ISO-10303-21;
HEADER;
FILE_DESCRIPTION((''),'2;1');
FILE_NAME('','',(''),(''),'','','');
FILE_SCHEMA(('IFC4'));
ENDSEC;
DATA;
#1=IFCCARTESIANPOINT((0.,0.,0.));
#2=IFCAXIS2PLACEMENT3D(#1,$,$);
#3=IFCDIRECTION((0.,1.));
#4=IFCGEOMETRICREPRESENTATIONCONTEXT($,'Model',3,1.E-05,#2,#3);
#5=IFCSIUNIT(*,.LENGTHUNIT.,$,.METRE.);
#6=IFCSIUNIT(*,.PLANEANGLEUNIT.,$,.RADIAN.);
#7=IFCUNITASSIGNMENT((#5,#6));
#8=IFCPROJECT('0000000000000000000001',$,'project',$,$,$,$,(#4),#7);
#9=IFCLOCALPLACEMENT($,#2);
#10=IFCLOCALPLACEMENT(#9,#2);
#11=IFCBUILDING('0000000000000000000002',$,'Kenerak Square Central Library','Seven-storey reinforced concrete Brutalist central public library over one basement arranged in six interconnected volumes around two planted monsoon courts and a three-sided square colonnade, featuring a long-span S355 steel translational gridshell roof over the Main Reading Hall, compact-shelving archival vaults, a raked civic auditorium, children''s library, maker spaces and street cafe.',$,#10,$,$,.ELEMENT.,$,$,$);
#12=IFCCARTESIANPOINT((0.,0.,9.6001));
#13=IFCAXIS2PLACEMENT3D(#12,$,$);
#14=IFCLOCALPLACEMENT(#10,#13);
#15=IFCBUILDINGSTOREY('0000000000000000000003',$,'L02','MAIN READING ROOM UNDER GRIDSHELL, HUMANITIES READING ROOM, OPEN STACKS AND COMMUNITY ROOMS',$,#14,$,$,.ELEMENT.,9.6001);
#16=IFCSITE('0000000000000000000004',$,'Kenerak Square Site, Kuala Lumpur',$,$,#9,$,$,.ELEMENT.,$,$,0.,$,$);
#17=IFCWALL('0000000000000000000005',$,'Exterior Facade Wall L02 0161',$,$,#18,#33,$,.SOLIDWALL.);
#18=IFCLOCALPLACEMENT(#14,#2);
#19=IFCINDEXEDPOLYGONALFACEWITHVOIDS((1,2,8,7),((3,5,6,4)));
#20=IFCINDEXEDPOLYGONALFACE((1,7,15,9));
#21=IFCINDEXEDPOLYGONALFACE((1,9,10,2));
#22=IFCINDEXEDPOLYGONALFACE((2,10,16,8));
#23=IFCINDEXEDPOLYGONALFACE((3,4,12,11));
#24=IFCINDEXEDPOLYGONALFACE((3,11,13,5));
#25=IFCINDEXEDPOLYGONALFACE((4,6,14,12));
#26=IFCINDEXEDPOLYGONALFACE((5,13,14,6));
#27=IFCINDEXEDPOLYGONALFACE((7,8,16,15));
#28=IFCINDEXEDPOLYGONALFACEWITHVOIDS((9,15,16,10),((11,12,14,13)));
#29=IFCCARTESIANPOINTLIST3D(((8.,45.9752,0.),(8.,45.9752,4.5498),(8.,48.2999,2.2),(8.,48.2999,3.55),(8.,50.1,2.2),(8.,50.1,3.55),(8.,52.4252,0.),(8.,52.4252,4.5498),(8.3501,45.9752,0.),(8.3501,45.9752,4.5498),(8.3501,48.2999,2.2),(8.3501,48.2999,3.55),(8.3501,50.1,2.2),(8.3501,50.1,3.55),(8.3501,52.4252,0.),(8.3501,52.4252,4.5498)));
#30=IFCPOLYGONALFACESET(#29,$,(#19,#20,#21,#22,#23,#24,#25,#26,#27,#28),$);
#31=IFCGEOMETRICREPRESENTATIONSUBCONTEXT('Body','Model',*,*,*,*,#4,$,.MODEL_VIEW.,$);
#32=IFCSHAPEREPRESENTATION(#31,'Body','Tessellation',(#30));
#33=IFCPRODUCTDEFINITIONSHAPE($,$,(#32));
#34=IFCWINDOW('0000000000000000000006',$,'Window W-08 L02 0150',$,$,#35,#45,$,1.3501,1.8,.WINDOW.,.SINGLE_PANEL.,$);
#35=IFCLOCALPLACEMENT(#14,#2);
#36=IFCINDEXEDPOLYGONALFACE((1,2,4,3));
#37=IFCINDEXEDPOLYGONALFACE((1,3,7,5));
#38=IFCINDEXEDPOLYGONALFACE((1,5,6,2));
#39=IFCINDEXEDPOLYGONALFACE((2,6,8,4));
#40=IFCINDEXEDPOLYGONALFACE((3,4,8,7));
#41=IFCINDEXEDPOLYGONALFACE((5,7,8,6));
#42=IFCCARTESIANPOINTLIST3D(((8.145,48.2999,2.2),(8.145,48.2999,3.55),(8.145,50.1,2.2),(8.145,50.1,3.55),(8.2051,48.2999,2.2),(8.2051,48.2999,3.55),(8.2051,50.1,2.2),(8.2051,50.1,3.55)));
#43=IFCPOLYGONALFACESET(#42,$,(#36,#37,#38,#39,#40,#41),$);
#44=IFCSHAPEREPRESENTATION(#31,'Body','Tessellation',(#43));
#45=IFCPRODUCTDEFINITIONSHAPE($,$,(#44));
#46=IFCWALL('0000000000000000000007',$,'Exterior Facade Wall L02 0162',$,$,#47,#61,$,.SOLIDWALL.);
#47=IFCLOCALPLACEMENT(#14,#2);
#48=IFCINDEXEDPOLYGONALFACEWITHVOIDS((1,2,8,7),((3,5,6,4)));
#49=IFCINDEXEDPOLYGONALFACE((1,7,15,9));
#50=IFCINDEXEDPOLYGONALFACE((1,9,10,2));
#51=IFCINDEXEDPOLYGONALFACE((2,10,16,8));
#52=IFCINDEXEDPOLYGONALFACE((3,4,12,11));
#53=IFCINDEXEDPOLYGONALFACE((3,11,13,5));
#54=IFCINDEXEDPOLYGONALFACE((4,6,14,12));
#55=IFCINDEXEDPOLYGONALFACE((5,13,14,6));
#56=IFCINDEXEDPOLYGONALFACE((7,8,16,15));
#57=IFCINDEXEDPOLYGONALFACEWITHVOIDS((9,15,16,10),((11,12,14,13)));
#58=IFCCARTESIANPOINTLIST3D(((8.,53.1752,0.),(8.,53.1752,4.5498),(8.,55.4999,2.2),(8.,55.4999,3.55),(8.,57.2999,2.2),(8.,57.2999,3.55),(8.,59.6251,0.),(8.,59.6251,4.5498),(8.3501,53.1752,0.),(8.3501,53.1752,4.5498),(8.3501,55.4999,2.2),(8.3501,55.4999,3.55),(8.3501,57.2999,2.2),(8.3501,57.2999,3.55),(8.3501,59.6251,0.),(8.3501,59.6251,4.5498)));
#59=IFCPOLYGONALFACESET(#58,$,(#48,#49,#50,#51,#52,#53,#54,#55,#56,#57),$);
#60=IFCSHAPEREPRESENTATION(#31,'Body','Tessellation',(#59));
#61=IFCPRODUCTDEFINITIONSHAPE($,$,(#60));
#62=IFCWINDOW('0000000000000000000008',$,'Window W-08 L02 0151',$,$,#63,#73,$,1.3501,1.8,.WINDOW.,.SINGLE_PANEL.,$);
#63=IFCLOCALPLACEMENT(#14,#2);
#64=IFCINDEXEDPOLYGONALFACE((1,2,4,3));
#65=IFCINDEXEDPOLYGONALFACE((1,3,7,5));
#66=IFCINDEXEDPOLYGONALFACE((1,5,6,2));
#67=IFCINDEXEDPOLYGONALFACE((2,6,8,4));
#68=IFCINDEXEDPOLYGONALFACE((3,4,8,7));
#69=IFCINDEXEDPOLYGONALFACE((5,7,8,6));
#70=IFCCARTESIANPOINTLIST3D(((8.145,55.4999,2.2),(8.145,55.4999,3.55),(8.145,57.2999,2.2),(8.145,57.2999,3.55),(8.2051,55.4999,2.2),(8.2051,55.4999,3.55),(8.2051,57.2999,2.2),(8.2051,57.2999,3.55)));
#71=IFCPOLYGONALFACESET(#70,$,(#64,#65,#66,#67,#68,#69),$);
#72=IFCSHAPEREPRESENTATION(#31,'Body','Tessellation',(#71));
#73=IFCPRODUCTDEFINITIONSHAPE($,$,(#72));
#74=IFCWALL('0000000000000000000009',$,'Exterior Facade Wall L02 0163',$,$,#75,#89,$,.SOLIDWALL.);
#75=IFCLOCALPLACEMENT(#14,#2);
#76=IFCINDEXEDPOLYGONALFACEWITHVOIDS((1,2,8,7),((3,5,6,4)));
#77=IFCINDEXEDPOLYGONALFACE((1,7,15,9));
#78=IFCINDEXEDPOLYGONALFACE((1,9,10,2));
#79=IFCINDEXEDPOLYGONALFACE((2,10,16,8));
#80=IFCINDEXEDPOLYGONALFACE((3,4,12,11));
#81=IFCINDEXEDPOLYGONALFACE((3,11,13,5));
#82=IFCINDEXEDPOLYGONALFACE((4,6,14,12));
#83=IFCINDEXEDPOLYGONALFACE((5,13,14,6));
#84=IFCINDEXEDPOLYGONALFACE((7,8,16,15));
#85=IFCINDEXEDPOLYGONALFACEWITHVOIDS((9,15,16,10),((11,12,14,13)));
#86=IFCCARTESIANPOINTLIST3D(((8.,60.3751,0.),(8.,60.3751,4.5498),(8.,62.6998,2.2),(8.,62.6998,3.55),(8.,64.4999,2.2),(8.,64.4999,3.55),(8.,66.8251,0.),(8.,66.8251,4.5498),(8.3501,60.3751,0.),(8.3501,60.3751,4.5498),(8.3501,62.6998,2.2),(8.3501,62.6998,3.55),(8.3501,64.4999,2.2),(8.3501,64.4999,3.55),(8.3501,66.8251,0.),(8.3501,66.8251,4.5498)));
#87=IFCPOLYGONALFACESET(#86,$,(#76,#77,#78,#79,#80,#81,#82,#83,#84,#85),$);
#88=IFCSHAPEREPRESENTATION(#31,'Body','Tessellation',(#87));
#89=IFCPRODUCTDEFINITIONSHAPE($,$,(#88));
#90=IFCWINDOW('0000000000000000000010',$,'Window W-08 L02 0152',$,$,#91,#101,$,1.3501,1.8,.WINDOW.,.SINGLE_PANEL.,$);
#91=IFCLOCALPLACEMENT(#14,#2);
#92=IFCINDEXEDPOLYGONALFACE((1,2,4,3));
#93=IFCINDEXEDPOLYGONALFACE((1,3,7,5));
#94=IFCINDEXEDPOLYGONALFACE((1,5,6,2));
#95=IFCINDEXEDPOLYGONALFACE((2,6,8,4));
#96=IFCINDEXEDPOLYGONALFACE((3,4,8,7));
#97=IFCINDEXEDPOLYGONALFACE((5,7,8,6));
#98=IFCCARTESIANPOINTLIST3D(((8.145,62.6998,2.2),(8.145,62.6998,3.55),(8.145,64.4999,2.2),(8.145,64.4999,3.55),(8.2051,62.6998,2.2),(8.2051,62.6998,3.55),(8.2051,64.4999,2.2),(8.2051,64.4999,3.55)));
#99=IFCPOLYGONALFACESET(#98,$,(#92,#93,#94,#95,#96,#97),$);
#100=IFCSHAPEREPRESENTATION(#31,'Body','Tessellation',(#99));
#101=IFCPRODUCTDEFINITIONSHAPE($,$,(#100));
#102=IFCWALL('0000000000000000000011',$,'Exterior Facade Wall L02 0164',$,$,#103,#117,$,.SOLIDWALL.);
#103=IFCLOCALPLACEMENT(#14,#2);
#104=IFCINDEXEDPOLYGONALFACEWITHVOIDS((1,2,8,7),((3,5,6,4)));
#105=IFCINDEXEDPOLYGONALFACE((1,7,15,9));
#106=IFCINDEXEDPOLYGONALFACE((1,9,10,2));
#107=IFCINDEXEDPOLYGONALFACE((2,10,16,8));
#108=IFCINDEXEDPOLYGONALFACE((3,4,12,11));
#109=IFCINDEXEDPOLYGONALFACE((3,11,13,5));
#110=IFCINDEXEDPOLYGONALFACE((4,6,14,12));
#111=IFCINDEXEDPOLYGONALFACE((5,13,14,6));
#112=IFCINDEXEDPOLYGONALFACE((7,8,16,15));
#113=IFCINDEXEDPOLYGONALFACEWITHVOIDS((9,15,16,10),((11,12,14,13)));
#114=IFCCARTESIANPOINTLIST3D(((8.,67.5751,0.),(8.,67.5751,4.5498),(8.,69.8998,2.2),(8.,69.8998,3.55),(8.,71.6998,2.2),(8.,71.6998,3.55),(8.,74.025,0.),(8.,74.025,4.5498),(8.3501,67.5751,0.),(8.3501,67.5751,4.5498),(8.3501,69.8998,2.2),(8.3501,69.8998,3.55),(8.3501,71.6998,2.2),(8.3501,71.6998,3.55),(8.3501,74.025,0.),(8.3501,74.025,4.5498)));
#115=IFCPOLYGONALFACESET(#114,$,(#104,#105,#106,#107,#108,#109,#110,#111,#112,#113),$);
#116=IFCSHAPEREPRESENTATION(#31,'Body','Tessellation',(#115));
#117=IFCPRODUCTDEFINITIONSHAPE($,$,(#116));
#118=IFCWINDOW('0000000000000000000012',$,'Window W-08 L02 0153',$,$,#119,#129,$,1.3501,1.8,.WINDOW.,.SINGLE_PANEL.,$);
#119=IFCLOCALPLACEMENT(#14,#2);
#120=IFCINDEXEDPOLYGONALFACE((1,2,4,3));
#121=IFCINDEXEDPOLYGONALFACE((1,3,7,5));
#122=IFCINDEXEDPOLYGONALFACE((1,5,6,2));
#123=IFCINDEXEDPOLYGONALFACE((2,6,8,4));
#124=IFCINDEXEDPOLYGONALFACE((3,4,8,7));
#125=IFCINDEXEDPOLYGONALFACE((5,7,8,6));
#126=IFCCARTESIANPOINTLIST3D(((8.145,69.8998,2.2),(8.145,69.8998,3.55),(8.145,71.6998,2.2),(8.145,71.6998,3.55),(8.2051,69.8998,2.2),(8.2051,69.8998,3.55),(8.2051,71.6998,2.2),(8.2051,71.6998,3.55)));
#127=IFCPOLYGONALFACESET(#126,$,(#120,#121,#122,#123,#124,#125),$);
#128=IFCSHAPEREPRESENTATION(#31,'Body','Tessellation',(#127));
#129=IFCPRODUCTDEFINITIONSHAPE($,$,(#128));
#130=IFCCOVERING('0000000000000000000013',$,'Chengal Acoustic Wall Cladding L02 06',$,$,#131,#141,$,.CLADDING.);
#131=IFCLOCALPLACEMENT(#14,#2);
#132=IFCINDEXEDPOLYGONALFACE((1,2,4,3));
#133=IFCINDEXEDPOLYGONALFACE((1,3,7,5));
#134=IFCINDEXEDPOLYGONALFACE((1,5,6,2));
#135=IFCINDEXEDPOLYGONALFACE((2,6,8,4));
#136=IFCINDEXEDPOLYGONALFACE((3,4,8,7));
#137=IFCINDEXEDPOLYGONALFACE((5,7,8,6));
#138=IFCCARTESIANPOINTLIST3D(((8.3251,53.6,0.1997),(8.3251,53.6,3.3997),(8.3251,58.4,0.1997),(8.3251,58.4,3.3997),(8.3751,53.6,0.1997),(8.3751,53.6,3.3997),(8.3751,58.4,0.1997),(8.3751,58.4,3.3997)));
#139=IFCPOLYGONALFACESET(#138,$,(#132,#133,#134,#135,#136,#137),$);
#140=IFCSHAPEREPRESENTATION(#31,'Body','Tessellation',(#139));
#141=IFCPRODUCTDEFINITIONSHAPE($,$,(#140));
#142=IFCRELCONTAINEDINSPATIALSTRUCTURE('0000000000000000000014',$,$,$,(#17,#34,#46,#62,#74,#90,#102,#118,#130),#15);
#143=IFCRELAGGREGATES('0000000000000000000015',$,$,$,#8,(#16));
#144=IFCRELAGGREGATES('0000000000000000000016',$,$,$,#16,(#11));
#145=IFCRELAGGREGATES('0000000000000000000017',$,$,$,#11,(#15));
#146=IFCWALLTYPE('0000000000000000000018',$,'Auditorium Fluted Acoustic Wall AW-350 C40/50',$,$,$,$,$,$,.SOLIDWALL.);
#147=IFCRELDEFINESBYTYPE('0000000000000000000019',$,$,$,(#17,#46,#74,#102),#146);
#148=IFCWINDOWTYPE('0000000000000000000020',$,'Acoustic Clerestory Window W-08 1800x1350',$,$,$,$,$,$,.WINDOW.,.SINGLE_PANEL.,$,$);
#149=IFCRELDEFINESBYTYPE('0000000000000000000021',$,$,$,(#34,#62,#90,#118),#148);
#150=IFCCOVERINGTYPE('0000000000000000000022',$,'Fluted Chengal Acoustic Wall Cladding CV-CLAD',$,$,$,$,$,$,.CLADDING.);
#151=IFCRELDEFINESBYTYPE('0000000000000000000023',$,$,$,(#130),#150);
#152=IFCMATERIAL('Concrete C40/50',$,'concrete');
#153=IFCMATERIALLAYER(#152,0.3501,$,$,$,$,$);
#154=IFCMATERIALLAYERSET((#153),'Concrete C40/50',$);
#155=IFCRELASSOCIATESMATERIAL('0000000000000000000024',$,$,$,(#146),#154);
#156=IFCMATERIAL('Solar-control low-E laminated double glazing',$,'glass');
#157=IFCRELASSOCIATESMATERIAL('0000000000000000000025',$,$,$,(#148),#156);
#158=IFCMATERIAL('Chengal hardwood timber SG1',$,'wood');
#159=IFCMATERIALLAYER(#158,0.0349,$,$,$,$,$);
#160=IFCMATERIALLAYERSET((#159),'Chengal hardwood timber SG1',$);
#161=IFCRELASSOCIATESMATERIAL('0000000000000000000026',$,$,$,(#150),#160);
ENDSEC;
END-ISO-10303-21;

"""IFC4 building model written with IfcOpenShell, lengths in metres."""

from ifc_helpers import new_model, si_unit, direction, frame, frame_2d, origin, origin_2d, place, context, subcontext, project, spatial, rectangle, extrude, material, layer, layer_set, type_object, element, fill, save


model = new_model("IFC4")

# Units and contexts
model_context = context("Model", 3, precision=1e-05, world=origin(), true_north=direction((0.0, 1.0)))
body_context = subcontext(model_context, "Body", "Model", "MODEL_VIEW")
ifc_project = project(units=[si_unit("LENGTHUNIT", "METRE"), si_unit("PLANEANGLEUNIT", "RADIAN")], contexts=[model_context])

# Site, building, storey
site_placement = place(None, origin())
site = spatial("IfcSite", under=ifc_project, at=site_placement, Name="Kenerak Square Site, Kuala Lumpur", CompositionType="ELEMENT", RefElevation=0.0)
building_placement = place(site_placement, origin())
building = spatial("IfcBuilding", under=site, at=building_placement, Name="Kenerak Square Central Library", Description="Seven-storey reinforced concrete Brutalist central public library over one basement arranged in six interconnected volumes around two planted monsoon courts and a three-sided square colonnade, featuring a long-span S355 steel translational gridshell roof over the Main Reading Hall, compact-shelving archival vaults, a raked civic auditorium, children's library, maker spaces and street cafe.", CompositionType="ELEMENT")
storey_placement = place(building_placement, frame((0.0, 0.0, 9.6001)))
storey = spatial("IfcBuildingStorey", under=building, at=storey_placement, Name="L02", Description="MAIN READING ROOM UNDER GRIDSHELL, HUMANITIES READING ROOM, OPEN STACKS AND COMMUNITY ROOMS", CompositionType="ELEMENT", Elevation=9.6001)

# Shared definitions
ifc_material_1 = material(Name="Concrete C40/50", Category="concrete")

# Walls, openings, windows
ifc_layer_1 = layer(ifc_material_1, 0.3501)
ifc_layer_set_1 = layer_set([ifc_layer_1], Name="Concrete C40/50")
wall_type_1 = type_object("IfcWallType", Name="Auditorium Fluted Acoustic Wall AW-350 C40/50", PredefinedType="SOLIDWALL", material=ifc_layer_set_1)
wall_1_placement = place(storey_placement, frame((8.175, 45.9751, 0.0), z_axis=(0.0, 0.0, 1.0), x_axis=(0.0, 1.0, 0.0)))
wall_1 = element("IfcWall", 1, at=wall_1_placement, inside=storey, type_object=wall_type_1, Name="Exterior Facade Wall L02 0161", PredefinedType="SOLIDWALL", context=body_context, shape_type="SweptSolid", body=[
    extrude(rectangle(XDim=6.45, YDim=0.3501, at=frame_2d((3.2251, 0.0))), origin(), (0.0, 0.0, 1.0), 4.5498),
])
opening_1_placement = place(wall_1_placement, frame((2.325, 0.0, 2.2)))
opening_1 = element("IfcOpeningElement", 2, at=opening_1_placement, cuts=wall_1, PredefinedType="OPENING", context=body_context, shape_type="SweptSolid", body=[
    extrude(rectangle(XDim=1.8, YDim=1.3501, at=frame_2d((0.8999, 0.675))), frame((0.0, 0.1851, 0.0), z_axis=(0.0, -1.0, 0.0), x_axis=(1.0, 0.0, 0.0)), (0.0, 0.0, 1.0), 0.3701),
])
ifc_material_2 = material(Name="Solar-control low-E laminated double glazing", Category="glass")
window_type = type_object("IfcWindowType", Name="Acoustic Clerestory Window W-08 1800x1350", PartitioningType="SINGLE_PANEL", PredefinedType="WINDOW", material=ifc_material_2)
window_1_placement = place(opening_1_placement, origin())
window_1 = element("IfcWindow", 3, at=window_1_placement, inside=storey, type_object=window_type, Name="Window W-08 L02 0150", OverallHeight=1.3501, OverallWidth=1.8, PartitioningType="SINGLE_PANEL", PredefinedType="WINDOW", context=body_context, shape_type="SweptSolid", body=[
    extrude(rectangle(XDim=1.8, YDim=1.3501, at=frame_2d((0.8999, 0.675))), frame((0.0, 0.03, 0.0), z_axis=(0.0, -1.0, 0.0), x_axis=(1.0, 0.0, 0.0)), (0.0, 0.0, 1.0), 0.0601),
])
fill(opening_1, window_1)
wall_2_placement = place(storey_placement, frame((8.175, 53.175, 0.0), z_axis=(0.0, 0.0, 1.0), x_axis=(0.0, 1.0, 0.0)))
wall_2 = element("IfcWall", 4, at=wall_2_placement, inside=storey, type_object=wall_type_1, Name="Exterior Facade Wall L02 0162", PredefinedType="SOLIDWALL", context=body_context, shape_type="SweptSolid", body=[
    extrude(rectangle(XDim=6.45, YDim=0.3501, at=frame_2d((3.2251, 0.0))), origin(), (0.0, 0.0, 1.0), 4.5498),
])
opening_2_placement = place(wall_2_placement, frame((2.325, 0.0, 2.2)))
opening_2 = element("IfcOpeningElement", 5, at=opening_2_placement, cuts=wall_2, PredefinedType="OPENING", context=body_context, shape_type="SweptSolid", body=[
    extrude(rectangle(XDim=1.8, YDim=1.3501, at=frame_2d((0.8999, 0.675))), frame((0.0, 0.1851, 0.0), z_axis=(0.0, -1.0, 0.0), x_axis=(1.0, 0.0, 0.0)), (0.0, 0.0, 1.0), 0.3701),
])
window_2_placement = place(opening_2_placement, origin())
window_2 = element("IfcWindow", 6, at=window_2_placement, inside=storey, type_object=window_type, Name="Window W-08 L02 0151", OverallHeight=1.3501, OverallWidth=1.8, PartitioningType="SINGLE_PANEL", PredefinedType="WINDOW", context=body_context, shape_type="SweptSolid", body=[
    extrude(rectangle(XDim=1.8, YDim=1.3501, at=frame_2d((0.8999, 0.675))), frame((0.0, 0.03, 0.0), z_axis=(0.0, -1.0, 0.0), x_axis=(1.0, 0.0, 0.0)), (0.0, 0.0, 1.0), 0.0601),
])
fill(opening_2, window_2)
wall_3_placement = place(storey_placement, frame((8.175, 60.375, 0.0), z_axis=(0.0, 0.0, 1.0), x_axis=(0.0, 1.0, 0.0)))
wall_3 = element("IfcWall", 7, at=wall_3_placement, inside=storey, type_object=wall_type_1, Name="Exterior Facade Wall L02 0163", PredefinedType="SOLIDWALL", context=body_context, shape_type="SweptSolid", body=[
    extrude(rectangle(XDim=6.45, YDim=0.3501, at=frame_2d((3.2251, 0.0))), origin(), (0.0, 0.0, 1.0), 4.5498),
])
opening_3_placement = place(wall_3_placement, frame((2.325, 0.0, 2.2)))
opening_3 = element("IfcOpeningElement", 8, at=opening_3_placement, cuts=wall_3, PredefinedType="OPENING", context=body_context, shape_type="SweptSolid", body=[
    extrude(rectangle(XDim=1.8, YDim=1.3501, at=frame_2d((0.8999, 0.675))), frame((0.0, 0.1851, 0.0), z_axis=(0.0, -1.0, 0.0), x_axis=(1.0, 0.0, 0.0)), (0.0, 0.0, 1.0), 0.3701),
])
window_3_placement = place(opening_3_placement, origin())
window_3 = element("IfcWindow", 9, at=window_3_placement, inside=storey, type_object=window_type, Name="Window W-08 L02 0152", OverallHeight=1.3501, OverallWidth=1.8, PartitioningType="SINGLE_PANEL", PredefinedType="WINDOW", context=body_context, shape_type="SweptSolid", body=[
    extrude(rectangle(XDim=1.8, YDim=1.3501, at=frame_2d((0.8999, 0.675))), frame((0.0, 0.03, 0.0), z_axis=(0.0, -1.0, 0.0), x_axis=(1.0, 0.0, 0.0)), (0.0, 0.0, 1.0), 0.0601),
])
fill(opening_3, window_3)
wall_4_placement = place(storey_placement, frame((8.175, 67.575, 0.0), z_axis=(0.0, 0.0, 1.0), x_axis=(0.0, 1.0, 0.0)))
wall_4 = element("IfcWall", 10, at=wall_4_placement, inside=storey, type_object=wall_type_1, Name="Exterior Facade Wall L02 0164", PredefinedType="SOLIDWALL", context=body_context, shape_type="SweptSolid", body=[
    extrude(rectangle(XDim=6.45, YDim=0.3501, at=frame_2d((3.2251, 0.0))), origin(), (0.0, 0.0, 1.0), 4.5498),
])
opening_4_placement = place(wall_4_placement, frame((2.325, 0.0, 2.2)))
opening_4 = element("IfcOpeningElement", 11, at=opening_4_placement, cuts=wall_4, PredefinedType="OPENING", context=body_context, shape_type="SweptSolid", body=[
    extrude(rectangle(XDim=1.8, YDim=1.3501, at=frame_2d((0.8999, 0.675))), frame((0.0, 0.1851, 0.0), z_axis=(0.0, -1.0, 0.0), x_axis=(1.0, 0.0, 0.0)), (0.0, 0.0, 1.0), 0.3701),
])
window_4_placement = place(opening_4_placement, origin())
window_4 = element("IfcWindow", 12, at=window_4_placement, inside=storey, type_object=window_type, Name="Window W-08 L02 0153", OverallHeight=1.3501, OverallWidth=1.8, PartitioningType="SINGLE_PANEL", PredefinedType="WINDOW", context=body_context, shape_type="SweptSolid", body=[
    extrude(rectangle(XDim=1.8, YDim=1.3501, at=frame_2d((0.8999, 0.675))), frame((0.0, 0.03, 0.0), z_axis=(0.0, -1.0, 0.0), x_axis=(1.0, 0.0, 0.0)), (0.0, 0.0, 1.0), 0.0601),
])
fill(opening_4, window_4)

# Covering
ifc_material_3 = material(Name="Chengal hardwood timber SG1", Category="wood")
ifc_layer_2 = layer(ifc_material_3, 0.0349)
ifc_layer_set_2 = layer_set([ifc_layer_2], Name="Chengal hardwood timber SG1")
covering_type = type_object("IfcCoveringType", Name="Fluted Chengal Acoustic Wall Cladding CV-CLAD", PredefinedType="CLADDING", material=ifc_layer_set_2)
covering_placement = place(storey_placement, frame((8.3501, 56.0, 0.1997), z_axis=(0.0, 0.0, 1.0), x_axis=(1.0, 0.0, 0.0)))
element("IfcCovering", 13, at=covering_placement, inside=storey, type_object=covering_type, Name="Chengal Acoustic Wall Cladding L02 06", PredefinedType="CLADDING", context=body_context, shape_type="SweptSolid", body=[
    extrude(rectangle(XDim=0.05, YDim=4.8, at=origin_2d()), origin(), (0.0, 0.0, 1.0), 3.2),
])

save(model, "model.ifc")
